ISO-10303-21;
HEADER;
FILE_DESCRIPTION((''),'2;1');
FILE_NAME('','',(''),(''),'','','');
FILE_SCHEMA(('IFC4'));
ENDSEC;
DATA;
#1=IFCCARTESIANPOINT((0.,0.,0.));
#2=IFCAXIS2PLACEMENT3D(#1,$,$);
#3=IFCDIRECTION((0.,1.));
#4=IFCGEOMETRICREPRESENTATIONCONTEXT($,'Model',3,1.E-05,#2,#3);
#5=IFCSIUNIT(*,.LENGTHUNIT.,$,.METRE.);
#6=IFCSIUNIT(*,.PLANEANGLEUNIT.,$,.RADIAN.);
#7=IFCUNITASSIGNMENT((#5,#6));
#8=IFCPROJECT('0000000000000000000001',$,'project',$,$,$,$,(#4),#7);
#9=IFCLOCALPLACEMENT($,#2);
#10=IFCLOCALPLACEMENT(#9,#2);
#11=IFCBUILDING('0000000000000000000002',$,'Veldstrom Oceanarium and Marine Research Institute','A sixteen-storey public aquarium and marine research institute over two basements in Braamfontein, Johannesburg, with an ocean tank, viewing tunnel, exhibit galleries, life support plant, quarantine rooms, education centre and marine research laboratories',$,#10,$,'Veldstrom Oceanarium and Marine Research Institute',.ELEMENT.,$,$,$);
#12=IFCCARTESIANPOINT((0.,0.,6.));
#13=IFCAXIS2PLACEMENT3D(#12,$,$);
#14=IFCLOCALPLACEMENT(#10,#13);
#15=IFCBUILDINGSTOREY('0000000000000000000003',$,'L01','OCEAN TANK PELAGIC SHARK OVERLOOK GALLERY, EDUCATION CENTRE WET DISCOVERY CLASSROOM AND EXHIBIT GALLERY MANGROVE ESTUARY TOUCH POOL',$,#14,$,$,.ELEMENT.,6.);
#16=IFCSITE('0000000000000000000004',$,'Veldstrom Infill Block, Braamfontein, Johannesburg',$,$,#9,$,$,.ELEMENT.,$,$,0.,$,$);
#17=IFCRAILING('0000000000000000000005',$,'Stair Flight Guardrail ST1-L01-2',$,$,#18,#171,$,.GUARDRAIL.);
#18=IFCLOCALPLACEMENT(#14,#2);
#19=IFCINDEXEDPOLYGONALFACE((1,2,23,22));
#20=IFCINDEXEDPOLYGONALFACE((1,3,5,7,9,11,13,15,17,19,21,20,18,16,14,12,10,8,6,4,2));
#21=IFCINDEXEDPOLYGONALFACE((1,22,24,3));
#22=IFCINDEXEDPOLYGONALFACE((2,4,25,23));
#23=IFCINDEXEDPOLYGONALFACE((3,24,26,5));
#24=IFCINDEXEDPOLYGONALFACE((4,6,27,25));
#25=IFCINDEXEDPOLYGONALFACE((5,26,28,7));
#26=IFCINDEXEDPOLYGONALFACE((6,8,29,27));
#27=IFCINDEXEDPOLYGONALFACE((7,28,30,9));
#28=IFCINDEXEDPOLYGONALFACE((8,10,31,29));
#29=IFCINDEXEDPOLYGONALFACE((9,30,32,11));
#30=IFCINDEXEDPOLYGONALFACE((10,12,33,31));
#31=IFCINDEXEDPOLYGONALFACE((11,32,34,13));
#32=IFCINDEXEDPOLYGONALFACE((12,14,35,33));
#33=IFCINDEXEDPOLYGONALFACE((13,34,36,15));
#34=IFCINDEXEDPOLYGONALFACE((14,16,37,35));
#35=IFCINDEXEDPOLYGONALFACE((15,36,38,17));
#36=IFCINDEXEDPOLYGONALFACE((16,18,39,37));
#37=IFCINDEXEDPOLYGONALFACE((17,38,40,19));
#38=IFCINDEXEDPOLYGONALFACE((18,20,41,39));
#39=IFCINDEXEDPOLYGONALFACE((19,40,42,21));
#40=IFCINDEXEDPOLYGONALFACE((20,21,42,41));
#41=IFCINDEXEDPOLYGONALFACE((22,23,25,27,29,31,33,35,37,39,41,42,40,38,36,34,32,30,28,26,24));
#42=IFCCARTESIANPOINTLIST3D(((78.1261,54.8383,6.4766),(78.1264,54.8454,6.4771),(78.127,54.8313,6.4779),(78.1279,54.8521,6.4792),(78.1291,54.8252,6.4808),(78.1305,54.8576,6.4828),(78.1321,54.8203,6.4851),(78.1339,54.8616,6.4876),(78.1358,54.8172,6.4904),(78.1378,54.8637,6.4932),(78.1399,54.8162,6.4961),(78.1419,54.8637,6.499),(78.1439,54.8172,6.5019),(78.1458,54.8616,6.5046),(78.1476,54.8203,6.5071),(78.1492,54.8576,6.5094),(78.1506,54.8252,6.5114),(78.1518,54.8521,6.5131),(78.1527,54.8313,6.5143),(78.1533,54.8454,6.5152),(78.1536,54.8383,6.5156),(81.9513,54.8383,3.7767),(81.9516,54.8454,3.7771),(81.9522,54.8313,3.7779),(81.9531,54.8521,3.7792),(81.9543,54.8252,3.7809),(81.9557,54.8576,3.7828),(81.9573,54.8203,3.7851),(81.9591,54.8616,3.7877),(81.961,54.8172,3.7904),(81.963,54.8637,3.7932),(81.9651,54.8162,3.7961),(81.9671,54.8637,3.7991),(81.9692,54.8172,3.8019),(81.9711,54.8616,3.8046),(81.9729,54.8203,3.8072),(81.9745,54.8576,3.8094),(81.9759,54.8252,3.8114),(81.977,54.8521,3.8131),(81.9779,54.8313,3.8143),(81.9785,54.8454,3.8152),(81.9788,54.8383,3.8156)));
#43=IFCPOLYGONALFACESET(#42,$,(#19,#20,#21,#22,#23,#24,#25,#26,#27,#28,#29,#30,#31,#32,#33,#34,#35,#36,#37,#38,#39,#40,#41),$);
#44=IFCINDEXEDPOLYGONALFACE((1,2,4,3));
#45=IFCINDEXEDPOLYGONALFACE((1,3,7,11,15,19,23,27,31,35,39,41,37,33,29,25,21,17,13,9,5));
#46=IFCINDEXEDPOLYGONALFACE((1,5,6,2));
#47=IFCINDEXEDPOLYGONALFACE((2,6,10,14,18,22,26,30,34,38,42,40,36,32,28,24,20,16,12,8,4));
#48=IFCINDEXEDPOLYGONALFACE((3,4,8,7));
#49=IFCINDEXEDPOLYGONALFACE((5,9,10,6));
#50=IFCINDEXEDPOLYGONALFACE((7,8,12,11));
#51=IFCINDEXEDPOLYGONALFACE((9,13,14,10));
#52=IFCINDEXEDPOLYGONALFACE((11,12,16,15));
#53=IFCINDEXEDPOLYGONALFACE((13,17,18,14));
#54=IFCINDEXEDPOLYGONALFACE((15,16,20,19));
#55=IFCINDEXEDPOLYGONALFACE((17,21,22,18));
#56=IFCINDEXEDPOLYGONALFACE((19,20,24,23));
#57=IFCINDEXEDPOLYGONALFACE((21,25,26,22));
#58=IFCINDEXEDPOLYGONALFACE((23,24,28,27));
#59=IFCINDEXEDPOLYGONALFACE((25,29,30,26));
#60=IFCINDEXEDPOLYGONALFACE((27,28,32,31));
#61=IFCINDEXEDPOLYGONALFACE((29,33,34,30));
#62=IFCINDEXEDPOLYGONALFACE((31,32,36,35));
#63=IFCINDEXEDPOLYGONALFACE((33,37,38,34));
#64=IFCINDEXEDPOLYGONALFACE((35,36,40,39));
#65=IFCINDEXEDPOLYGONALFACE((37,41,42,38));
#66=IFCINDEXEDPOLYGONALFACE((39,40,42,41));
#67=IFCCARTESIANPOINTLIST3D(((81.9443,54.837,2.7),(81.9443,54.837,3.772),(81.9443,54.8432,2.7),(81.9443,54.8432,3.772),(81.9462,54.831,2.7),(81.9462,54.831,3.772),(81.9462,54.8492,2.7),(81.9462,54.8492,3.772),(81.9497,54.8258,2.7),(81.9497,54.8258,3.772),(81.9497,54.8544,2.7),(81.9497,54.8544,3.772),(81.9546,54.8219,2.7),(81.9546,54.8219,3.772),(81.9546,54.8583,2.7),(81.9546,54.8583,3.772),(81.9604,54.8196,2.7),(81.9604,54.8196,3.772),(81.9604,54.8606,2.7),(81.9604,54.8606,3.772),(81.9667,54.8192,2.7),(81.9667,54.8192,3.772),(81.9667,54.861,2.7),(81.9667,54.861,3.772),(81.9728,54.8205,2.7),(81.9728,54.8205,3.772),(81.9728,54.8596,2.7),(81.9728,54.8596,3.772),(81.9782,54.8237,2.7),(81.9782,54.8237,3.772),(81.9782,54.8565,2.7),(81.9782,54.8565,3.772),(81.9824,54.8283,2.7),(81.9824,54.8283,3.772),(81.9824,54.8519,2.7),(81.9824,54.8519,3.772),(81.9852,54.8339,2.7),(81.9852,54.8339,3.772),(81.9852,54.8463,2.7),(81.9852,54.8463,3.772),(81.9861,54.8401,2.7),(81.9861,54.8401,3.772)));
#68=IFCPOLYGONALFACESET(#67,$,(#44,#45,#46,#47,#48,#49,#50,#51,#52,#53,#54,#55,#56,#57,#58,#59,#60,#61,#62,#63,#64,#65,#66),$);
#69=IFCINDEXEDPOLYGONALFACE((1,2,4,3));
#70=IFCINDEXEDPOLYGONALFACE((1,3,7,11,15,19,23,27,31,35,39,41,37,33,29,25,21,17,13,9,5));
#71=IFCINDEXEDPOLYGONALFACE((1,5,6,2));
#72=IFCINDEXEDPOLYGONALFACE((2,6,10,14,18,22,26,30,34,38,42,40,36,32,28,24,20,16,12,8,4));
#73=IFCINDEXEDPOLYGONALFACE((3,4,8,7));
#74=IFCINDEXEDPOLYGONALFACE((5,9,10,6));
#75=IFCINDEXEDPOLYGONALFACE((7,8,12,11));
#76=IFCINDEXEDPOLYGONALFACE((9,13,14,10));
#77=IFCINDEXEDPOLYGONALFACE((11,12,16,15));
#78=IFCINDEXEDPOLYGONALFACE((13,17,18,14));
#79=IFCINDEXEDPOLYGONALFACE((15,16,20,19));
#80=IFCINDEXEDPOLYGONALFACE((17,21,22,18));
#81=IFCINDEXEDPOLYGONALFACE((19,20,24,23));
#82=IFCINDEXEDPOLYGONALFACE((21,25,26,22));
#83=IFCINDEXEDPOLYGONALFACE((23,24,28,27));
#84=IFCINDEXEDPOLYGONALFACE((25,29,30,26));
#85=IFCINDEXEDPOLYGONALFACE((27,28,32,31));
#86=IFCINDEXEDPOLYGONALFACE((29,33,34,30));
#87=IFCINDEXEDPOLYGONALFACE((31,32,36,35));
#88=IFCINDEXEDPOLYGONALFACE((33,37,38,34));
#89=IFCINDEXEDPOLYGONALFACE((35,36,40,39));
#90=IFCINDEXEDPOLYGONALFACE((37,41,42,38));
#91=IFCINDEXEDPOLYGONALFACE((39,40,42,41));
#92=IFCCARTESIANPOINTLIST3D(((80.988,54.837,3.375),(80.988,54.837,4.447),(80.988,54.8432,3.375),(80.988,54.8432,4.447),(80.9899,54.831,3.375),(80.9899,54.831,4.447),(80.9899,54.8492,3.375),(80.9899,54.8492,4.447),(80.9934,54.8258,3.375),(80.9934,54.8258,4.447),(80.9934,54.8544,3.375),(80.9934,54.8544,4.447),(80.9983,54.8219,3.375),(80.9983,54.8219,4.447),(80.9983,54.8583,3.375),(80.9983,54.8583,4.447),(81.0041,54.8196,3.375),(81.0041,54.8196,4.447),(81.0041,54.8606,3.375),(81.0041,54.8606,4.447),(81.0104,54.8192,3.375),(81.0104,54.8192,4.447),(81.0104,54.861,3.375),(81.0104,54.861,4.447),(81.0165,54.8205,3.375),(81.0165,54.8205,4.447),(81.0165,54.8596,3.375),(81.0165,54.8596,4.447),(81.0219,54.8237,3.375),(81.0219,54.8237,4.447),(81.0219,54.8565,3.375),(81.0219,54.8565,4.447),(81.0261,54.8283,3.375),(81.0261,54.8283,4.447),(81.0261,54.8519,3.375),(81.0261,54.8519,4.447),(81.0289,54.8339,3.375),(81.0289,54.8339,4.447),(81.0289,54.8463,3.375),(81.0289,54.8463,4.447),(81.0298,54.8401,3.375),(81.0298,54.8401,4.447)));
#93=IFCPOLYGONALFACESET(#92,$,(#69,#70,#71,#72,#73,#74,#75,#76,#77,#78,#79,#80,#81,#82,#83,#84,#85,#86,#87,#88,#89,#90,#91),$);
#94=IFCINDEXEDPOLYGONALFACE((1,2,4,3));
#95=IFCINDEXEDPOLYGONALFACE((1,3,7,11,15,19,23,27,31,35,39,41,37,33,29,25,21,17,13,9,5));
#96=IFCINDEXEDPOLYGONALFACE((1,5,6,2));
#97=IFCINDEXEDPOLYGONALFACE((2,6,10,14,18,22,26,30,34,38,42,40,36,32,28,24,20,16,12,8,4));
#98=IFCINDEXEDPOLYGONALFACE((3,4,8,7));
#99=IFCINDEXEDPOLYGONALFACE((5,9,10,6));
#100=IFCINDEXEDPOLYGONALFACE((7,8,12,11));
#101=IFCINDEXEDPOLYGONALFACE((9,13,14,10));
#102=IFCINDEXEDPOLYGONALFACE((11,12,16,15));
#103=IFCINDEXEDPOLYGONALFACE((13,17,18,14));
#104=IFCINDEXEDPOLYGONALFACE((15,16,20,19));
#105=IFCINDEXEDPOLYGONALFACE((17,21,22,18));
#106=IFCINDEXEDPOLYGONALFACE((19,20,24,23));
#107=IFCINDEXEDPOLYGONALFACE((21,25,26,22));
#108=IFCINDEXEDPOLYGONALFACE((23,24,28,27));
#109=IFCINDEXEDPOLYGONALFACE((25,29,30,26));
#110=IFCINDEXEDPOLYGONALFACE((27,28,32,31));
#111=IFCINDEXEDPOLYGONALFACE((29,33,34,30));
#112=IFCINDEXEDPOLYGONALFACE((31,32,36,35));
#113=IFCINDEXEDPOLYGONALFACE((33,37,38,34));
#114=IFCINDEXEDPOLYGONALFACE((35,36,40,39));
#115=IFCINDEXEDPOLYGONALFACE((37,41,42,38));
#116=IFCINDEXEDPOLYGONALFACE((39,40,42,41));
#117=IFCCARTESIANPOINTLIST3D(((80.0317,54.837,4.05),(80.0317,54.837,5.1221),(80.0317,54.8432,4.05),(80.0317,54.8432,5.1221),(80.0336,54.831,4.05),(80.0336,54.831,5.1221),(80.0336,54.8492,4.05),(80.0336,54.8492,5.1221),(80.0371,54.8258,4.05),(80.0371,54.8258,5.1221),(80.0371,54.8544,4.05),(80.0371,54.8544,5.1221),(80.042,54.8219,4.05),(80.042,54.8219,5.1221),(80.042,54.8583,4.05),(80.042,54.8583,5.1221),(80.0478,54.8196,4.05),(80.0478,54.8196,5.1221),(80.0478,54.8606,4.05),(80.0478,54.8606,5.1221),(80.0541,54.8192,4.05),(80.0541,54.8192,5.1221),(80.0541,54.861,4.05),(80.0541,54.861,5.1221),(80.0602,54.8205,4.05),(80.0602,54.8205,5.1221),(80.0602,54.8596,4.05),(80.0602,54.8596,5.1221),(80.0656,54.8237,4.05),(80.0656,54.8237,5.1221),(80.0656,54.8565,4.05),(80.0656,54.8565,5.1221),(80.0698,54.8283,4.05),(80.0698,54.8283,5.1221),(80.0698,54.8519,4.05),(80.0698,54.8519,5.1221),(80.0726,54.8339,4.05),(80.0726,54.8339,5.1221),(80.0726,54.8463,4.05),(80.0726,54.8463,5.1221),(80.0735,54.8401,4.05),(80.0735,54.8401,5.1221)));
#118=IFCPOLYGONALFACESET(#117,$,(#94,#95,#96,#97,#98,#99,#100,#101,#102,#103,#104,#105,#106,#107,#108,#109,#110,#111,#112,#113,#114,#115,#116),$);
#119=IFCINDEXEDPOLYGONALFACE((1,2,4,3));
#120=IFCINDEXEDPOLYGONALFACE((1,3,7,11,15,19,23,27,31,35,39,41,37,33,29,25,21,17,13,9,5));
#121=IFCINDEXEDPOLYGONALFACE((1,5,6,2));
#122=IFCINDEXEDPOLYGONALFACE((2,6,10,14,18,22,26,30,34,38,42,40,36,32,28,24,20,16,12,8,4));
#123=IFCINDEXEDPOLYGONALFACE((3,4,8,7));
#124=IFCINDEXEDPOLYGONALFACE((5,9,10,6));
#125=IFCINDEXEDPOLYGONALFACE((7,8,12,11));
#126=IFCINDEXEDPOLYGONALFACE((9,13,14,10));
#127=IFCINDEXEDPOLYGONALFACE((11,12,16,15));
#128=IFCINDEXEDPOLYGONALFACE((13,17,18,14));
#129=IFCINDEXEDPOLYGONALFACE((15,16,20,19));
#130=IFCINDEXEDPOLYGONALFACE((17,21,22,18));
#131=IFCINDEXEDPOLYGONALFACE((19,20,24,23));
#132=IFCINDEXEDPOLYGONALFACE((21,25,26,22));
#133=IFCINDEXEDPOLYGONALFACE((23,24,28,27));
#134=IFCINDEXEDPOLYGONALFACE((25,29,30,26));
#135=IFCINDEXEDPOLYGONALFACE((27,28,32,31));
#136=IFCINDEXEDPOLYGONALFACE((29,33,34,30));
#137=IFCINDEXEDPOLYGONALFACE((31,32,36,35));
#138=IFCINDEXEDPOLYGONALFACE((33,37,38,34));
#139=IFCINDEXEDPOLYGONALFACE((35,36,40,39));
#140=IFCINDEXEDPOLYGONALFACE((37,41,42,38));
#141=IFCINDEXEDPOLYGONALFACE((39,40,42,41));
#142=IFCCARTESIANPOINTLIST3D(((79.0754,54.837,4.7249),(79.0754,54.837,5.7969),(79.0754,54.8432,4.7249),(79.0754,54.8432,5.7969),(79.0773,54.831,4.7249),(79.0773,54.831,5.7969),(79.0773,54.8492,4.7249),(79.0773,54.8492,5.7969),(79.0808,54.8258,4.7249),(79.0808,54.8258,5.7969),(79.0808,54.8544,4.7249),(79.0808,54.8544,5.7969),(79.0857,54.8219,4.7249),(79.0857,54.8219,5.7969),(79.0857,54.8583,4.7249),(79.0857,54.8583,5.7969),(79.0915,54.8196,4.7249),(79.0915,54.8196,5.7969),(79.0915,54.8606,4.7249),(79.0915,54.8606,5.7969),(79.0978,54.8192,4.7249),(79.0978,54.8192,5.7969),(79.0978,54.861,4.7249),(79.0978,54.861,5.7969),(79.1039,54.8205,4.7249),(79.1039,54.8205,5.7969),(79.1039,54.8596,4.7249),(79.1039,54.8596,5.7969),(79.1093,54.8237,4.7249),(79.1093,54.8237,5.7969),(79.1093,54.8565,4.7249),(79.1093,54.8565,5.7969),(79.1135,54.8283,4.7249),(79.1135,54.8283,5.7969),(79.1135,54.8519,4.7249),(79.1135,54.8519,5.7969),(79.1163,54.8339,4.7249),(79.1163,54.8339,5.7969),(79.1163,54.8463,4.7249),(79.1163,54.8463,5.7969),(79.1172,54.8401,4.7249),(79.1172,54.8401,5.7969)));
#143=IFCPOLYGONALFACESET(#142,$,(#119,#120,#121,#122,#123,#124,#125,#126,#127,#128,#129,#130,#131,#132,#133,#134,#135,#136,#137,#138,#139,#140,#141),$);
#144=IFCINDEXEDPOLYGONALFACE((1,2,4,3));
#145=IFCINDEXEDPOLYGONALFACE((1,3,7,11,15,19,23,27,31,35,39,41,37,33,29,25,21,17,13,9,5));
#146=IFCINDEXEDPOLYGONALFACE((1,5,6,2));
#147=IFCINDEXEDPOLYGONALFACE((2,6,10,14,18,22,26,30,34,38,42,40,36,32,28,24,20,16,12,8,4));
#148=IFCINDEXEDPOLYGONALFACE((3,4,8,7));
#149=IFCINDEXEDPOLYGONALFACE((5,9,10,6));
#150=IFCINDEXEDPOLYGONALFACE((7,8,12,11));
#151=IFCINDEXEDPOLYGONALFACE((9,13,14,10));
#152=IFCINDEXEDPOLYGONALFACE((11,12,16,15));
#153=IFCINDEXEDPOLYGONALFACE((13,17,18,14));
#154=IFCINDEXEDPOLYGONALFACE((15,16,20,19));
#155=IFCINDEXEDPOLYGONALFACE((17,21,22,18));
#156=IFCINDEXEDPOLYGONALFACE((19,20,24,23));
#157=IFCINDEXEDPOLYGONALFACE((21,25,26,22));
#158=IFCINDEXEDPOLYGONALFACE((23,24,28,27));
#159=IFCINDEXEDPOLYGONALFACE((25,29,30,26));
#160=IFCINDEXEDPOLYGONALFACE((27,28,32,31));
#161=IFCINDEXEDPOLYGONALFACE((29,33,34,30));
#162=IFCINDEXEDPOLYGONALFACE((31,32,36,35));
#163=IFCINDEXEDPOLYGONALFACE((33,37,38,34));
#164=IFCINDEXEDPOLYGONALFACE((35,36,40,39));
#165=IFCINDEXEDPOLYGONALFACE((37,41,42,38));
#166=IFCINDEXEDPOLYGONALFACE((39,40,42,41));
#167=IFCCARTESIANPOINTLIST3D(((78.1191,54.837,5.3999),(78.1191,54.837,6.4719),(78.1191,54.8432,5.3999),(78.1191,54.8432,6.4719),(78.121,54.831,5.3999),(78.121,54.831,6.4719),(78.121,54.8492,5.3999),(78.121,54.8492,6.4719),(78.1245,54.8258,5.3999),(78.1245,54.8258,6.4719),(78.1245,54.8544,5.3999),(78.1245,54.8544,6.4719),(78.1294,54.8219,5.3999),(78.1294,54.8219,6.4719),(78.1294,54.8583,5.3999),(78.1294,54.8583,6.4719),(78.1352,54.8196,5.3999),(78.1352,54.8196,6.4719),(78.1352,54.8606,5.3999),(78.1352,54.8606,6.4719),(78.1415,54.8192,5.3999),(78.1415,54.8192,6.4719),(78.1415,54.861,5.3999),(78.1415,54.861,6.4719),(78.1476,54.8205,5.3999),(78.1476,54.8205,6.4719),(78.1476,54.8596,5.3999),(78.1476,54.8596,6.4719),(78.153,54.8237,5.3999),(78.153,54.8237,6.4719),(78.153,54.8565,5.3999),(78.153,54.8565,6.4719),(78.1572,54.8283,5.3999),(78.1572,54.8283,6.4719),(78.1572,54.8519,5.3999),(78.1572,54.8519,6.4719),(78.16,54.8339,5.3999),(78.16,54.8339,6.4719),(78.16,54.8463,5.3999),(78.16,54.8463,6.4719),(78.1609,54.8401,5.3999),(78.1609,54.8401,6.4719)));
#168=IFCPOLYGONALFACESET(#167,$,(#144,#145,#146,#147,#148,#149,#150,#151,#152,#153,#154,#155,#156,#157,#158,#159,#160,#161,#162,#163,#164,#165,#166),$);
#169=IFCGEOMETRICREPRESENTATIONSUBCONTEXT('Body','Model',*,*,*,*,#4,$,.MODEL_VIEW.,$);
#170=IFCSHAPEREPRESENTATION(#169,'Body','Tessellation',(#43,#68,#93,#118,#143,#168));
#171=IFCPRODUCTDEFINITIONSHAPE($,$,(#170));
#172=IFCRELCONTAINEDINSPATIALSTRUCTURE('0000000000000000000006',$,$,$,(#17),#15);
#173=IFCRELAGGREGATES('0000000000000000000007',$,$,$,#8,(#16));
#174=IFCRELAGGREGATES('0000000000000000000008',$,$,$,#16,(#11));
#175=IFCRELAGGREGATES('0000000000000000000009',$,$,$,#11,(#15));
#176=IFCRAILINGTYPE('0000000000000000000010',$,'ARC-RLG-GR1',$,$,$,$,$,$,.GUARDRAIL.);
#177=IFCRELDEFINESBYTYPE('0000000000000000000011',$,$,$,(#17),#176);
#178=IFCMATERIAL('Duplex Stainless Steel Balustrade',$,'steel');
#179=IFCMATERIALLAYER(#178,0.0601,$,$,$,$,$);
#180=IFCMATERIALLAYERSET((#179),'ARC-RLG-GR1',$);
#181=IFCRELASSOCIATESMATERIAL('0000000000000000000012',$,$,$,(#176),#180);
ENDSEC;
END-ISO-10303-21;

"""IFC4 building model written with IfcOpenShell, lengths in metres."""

from ifc_helpers import new_model, si_unit, direction, frame, origin, origin_2d, place, context, subcontext, project, spatial, circle, extrude, material, layer, layer_set, type_object, element, save


model = new_model("IFC4")

# Units and contexts
model_context = context("Model", 3, precision=1e-05, world=origin(), true_north=direction((0.0, 1.0)))
body_context = subcontext(model_context, "Body", "Model", "MODEL_VIEW")
ifc_project = project(units=[si_unit("LENGTHUNIT", "METRE"), si_unit("PLANEANGLEUNIT", "RADIAN")], contexts=[model_context])

# Site, building, storey
site_placement = place(None, origin())
site = spatial("IfcSite", under=ifc_project, at=site_placement, Name="Veldstrom Infill Block, Braamfontein, Johannesburg", CompositionType="ELEMENT", RefElevation=0.0)
building_placement = place(site_placement, origin())
building = spatial("IfcBuilding", under=site, at=building_placement, Name="Veldstrom Oceanarium and Marine Research Institute", Description="A sixteen-storey public aquarium and marine research institute over two basements in Braamfontein, Johannesburg, with an ocean tank, viewing tunnel, exhibit galleries, life support plant, quarantine rooms, education centre and marine research laboratories", LongName="Veldstrom Oceanarium and Marine Research Institute", CompositionType="ELEMENT")
storey_placement = place(building_placement, frame((0.0, 0.0, 6.0)))
storey = spatial("IfcBuildingStorey", under=building, at=storey_placement, Name="L01", Description="OCEAN TANK PELAGIC SHARK OVERLOOK GALLERY, EDUCATION CENTRE WET DISCOVERY CLASSROOM AND EXHIBIT GALLERY MANGROVE ESTUARY TOUCH POOL", CompositionType="ELEMENT", Elevation=6.0)

# Railing
ifc_material_1 = material(Name="Duplex Stainless Steel Balustrade", Category="steel")
ifc_layer_1 = layer(ifc_material_1, 0.0601)
ifc_layer_set_1 = layer_set([ifc_layer_1], Name="ARC-RLG-GR1")
railing_type_1 = type_object("IfcRailingType", Name="ARC-RLG-GR1", PredefinedType="GUARDRAIL", material=ifc_layer_set_1)
railing_1_placement = place(storey_placement, frame((81.9651, 54.8401, 2.7)))
element("IfcRailing", 1, at=railing_1_placement, inside=storey, type_object=railing_type_1, Name="Stair Flight Guardrail ST1-L01-2", PredefinedType="GUARDRAIL", context=body_context, shape_type="SweptSolid", body=[
    extrude(circle(Radius=0.0239, at=origin_2d()), frame((0.0, 0.0, 1.0962), z_axis=(-0.816987, 0.0, 0.576657), x_axis=(0.0, -1.0, 0.0)), (0.0, 0.0, 1.0), 4.6821),
    extrude(circle(Radius=0.021, at=origin_2d()), origin(), (0.0, 0.0, 1.0), 1.072),
    extrude(circle(Radius=0.021, at=origin_2d()), frame((-0.9563, 0.0, 0.675)), (0.0, 0.0, 1.0), 1.072),
    extrude(circle(Radius=0.021, at=origin_2d()), frame((-1.9126, 0.0, 1.3501)), (0.0, 0.0, 1.0), 1.072),
    extrude(circle(Radius=0.021, at=origin_2d()), frame((-2.8689, 0.0, 2.0249)), (0.0, 0.0, 1.0), 1.072),
    extrude(circle(Radius=0.021, at=origin_2d()), frame((-3.8252, 0.0, 2.7)), (0.0, 0.0, 1.0), 1.072),
])

save(model, "model.ifc")
